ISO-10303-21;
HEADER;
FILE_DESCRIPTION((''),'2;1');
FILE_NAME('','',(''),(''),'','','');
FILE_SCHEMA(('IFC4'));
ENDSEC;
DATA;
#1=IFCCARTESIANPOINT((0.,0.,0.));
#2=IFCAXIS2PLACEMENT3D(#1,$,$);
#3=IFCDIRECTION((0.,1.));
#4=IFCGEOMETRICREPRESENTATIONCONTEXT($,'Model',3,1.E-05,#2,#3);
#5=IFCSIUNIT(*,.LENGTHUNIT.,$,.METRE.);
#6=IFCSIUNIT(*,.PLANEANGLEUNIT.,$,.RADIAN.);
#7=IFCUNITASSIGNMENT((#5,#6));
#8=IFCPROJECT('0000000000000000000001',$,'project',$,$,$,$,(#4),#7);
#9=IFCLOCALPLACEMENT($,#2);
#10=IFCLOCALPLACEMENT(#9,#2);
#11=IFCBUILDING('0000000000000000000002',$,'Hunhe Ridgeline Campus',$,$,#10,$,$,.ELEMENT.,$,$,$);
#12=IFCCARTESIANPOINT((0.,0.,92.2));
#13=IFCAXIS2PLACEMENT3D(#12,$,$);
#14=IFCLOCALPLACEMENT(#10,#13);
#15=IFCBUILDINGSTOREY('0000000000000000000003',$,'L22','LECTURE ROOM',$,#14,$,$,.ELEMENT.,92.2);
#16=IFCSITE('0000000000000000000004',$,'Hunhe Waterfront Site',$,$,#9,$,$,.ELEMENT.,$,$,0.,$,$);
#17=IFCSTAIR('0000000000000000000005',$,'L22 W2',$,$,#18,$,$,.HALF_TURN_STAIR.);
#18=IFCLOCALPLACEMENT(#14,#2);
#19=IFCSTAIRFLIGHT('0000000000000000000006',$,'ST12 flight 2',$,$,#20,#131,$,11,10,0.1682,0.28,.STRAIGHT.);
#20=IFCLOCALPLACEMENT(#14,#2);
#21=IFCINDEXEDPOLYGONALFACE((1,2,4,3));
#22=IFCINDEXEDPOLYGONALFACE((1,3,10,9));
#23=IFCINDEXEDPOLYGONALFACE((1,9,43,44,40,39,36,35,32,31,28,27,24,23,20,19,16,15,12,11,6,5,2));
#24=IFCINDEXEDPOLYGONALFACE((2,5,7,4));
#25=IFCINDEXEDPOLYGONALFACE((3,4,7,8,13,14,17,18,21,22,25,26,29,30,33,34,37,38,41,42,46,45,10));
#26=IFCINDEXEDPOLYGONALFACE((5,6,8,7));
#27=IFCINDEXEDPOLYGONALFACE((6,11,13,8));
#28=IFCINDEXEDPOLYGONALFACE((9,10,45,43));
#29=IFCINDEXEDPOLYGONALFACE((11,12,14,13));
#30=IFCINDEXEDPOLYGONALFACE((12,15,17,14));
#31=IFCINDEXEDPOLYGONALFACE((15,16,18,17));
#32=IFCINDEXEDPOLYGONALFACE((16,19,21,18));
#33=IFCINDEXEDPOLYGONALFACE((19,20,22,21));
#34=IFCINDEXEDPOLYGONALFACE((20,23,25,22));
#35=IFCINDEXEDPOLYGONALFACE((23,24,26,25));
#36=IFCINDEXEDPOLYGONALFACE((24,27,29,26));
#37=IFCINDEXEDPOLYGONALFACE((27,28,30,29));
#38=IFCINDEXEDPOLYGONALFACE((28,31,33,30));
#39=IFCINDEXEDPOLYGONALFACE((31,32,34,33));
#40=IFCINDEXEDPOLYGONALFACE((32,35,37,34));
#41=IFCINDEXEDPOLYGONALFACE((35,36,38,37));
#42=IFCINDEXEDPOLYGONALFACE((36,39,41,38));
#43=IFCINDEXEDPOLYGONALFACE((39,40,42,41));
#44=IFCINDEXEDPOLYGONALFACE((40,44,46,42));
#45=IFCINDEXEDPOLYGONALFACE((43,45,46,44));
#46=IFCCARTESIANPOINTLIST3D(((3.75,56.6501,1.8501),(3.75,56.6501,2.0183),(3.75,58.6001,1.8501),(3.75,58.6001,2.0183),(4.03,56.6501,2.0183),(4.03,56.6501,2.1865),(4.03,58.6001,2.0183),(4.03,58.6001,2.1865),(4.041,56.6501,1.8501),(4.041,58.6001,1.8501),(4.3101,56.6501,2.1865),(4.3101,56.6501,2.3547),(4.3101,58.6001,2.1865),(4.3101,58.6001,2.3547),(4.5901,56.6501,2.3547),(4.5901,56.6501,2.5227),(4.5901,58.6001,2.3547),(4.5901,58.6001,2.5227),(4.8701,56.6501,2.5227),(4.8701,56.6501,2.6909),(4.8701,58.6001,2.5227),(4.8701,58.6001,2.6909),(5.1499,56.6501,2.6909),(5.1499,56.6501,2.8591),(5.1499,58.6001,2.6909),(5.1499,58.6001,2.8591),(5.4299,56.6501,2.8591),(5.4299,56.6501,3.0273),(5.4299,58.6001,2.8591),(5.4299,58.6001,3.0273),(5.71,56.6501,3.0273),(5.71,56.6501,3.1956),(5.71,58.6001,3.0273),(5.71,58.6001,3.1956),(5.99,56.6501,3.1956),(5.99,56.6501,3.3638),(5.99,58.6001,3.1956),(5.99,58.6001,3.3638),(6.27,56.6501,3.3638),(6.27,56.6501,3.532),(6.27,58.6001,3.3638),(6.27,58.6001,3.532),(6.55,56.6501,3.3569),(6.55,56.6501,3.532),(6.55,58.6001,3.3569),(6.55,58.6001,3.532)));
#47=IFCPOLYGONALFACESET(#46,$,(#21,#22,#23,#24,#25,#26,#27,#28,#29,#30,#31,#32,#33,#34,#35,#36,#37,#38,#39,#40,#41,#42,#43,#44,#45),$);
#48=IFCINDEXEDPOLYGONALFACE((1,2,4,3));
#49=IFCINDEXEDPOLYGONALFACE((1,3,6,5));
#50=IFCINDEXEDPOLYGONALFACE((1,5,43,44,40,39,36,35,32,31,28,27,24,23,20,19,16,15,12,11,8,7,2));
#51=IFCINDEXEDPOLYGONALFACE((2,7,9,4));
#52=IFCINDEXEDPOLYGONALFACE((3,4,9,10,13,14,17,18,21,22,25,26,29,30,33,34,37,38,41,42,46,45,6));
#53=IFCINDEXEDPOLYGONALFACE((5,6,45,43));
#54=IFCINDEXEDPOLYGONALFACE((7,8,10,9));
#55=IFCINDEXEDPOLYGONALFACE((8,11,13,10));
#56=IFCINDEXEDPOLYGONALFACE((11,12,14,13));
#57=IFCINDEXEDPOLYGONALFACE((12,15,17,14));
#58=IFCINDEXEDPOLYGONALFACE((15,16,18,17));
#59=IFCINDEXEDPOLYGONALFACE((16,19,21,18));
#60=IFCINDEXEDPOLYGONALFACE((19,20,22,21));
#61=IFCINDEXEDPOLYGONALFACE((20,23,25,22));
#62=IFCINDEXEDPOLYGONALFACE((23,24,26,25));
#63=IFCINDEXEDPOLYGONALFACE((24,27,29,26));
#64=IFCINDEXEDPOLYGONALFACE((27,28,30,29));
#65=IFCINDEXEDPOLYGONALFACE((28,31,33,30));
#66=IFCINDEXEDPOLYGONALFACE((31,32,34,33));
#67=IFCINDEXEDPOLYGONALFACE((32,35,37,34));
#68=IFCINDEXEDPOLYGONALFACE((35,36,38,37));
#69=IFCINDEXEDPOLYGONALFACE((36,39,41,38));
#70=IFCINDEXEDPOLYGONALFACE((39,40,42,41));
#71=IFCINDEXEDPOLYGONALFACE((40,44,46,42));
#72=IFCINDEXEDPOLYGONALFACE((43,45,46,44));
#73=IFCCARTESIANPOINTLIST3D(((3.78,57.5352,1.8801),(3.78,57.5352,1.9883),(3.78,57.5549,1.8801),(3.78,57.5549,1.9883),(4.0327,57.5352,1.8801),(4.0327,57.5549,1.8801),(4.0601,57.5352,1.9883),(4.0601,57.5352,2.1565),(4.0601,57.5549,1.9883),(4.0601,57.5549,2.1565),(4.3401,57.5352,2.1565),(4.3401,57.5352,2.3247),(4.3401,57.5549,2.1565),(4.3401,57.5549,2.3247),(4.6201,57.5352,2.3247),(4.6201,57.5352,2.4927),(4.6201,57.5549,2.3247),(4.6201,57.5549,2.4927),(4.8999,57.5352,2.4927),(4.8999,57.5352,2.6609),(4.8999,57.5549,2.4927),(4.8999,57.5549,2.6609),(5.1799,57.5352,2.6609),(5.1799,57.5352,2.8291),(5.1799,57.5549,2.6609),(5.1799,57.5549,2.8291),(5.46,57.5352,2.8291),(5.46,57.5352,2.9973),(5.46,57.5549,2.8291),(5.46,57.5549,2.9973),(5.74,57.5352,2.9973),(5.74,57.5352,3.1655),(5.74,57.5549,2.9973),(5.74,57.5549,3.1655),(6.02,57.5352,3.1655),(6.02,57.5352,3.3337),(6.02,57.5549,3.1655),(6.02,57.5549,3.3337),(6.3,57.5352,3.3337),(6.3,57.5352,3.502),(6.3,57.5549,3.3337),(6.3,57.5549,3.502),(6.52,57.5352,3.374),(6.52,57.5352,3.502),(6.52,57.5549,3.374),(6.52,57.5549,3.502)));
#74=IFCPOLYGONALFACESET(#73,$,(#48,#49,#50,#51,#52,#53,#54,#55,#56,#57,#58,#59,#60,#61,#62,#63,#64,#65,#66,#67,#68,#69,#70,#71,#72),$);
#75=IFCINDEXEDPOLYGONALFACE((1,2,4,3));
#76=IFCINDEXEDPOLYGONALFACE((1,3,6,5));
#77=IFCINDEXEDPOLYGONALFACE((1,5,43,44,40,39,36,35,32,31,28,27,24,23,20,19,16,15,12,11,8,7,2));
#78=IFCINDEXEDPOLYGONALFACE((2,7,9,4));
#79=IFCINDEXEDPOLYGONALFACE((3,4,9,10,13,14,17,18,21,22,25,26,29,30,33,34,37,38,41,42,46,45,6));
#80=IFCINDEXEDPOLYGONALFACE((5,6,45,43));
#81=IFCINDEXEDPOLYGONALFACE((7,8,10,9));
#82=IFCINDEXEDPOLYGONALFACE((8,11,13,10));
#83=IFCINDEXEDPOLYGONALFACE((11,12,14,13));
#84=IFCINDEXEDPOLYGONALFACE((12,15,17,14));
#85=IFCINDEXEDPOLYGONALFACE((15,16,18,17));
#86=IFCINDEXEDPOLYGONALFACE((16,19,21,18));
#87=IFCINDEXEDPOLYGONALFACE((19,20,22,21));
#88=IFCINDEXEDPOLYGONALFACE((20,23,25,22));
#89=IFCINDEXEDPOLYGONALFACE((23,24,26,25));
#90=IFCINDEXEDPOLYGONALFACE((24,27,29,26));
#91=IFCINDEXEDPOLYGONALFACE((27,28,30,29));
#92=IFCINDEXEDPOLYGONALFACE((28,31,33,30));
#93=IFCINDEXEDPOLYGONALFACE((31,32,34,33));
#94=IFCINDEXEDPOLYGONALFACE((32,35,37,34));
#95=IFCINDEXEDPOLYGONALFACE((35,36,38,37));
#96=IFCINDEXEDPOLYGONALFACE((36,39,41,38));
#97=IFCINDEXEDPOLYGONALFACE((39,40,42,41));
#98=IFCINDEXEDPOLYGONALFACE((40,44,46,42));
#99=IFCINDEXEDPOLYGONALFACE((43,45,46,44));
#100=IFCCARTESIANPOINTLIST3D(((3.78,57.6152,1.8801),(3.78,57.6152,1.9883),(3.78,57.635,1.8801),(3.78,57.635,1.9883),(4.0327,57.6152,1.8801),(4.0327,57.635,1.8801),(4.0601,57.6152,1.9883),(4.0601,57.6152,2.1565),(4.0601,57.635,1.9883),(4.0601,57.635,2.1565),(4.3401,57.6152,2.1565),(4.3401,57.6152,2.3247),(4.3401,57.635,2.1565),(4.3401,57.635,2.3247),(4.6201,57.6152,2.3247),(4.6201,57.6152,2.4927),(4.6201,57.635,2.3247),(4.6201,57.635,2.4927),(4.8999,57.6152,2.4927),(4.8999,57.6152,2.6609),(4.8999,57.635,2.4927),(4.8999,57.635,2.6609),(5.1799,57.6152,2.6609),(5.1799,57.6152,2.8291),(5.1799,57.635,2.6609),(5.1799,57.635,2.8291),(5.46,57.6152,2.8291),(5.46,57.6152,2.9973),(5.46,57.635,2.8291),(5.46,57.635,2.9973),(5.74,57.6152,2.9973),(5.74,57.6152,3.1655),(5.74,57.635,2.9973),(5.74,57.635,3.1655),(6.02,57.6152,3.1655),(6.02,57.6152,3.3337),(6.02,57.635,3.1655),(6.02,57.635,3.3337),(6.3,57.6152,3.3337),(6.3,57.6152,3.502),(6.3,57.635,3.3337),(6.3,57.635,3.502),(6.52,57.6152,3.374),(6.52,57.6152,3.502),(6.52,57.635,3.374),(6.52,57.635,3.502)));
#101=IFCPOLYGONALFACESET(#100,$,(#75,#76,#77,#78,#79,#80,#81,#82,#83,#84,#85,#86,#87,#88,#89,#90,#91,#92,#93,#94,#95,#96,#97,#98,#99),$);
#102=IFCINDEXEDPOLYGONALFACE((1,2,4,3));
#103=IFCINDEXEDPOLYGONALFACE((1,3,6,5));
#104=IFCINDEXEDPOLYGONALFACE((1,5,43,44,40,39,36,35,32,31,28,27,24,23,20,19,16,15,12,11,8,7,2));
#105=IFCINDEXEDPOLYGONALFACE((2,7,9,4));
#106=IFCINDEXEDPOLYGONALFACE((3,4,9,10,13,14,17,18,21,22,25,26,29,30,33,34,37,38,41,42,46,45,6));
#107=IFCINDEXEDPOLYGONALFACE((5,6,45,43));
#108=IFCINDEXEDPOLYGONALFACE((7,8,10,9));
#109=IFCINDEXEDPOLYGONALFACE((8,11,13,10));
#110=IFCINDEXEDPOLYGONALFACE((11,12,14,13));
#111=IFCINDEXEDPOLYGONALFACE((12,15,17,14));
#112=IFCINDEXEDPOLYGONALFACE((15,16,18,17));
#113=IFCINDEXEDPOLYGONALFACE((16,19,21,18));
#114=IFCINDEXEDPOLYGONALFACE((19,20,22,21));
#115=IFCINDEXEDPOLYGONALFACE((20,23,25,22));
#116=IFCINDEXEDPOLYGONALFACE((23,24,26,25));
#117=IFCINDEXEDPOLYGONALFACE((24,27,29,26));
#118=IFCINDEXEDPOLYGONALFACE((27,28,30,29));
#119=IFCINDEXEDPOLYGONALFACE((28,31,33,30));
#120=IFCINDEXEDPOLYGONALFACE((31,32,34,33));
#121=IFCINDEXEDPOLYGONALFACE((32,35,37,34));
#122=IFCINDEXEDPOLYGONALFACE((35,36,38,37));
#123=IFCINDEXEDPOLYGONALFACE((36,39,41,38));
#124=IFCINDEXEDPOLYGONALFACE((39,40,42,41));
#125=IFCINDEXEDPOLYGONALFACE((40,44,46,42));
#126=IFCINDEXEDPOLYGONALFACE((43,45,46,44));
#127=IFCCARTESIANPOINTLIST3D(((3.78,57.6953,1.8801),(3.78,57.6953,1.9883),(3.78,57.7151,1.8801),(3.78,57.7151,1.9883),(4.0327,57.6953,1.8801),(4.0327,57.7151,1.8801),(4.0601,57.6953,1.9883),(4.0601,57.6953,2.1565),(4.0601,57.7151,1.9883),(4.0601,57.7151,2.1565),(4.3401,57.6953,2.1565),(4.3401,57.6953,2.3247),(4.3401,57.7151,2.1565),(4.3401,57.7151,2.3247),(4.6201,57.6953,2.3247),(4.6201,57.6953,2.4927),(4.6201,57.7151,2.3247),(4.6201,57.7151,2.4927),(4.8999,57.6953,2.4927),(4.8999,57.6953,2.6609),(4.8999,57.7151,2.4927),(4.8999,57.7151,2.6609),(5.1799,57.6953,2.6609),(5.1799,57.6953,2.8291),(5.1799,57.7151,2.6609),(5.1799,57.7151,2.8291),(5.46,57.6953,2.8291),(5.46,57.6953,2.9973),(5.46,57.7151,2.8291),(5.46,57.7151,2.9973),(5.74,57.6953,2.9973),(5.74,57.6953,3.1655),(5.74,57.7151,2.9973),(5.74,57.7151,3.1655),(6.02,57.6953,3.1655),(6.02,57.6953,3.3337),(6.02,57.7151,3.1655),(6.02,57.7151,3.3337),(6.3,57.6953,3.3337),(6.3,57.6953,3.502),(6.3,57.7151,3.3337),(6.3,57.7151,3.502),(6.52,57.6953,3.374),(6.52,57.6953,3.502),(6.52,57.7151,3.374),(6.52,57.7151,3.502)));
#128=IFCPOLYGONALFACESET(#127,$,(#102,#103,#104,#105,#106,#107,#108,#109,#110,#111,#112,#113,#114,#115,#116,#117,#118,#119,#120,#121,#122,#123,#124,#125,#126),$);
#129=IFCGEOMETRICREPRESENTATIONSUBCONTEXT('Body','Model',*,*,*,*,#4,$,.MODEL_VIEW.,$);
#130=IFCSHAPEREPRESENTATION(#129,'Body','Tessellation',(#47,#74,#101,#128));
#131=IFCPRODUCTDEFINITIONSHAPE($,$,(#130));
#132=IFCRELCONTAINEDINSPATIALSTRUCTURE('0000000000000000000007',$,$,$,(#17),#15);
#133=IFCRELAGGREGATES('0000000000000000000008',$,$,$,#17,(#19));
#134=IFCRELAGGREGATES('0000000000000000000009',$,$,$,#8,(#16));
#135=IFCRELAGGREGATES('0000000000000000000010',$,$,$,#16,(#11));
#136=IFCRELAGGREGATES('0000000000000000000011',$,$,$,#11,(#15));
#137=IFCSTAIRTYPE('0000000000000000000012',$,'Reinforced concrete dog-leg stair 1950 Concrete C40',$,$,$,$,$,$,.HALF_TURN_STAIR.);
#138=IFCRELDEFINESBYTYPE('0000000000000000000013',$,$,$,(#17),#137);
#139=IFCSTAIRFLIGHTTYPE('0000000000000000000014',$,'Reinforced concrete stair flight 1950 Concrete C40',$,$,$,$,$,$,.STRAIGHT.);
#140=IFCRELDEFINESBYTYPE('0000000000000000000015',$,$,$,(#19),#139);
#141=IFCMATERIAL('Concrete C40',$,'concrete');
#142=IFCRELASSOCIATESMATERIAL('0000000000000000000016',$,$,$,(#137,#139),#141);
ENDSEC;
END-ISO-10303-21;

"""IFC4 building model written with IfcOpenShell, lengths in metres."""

from ifc_helpers import new_model, si_unit, direction, frame, origin, place, context, subcontext, project, spatial, polyline, outline, extrude, material, type_object, element, aggregate, save


model = new_model("IFC4")

# Units and contexts
model_context = context("Model", 3, precision=1e-05, world=origin(), true_north=direction((0.0, 1.0)))
body_context = subcontext(model_context, "Body", "Model", "MODEL_VIEW")
ifc_project = project(units=[si_unit("LENGTHUNIT", "METRE"), si_unit("PLANEANGLEUNIT", "RADIAN")], contexts=[model_context])

# Site, building, storey
site_placement = place(None, origin())
site = spatial("IfcSite", under=ifc_project, at=site_placement, Name="Hunhe Waterfront Site", CompositionType="ELEMENT", RefElevation=0.0)
building_placement = place(site_placement, origin())
building = spatial("IfcBuilding", under=site, at=building_placement, Name="Hunhe Ridgeline Campus", CompositionType="ELEMENT")
storey_placement = place(building_placement, frame((0.0, 0.0, 92.2)))
storey = spatial("IfcBuildingStorey", under=building, at=storey_placement, Name="L22", Description="LECTURE ROOM", CompositionType="ELEMENT", Elevation=92.2)

# Shared definitions
ifc_material_1 = material(Name="Concrete C40", Category="concrete")
stair_type = type_object("IfcStairType", Name="Reinforced concrete dog-leg stair 1950 Concrete C40", PredefinedType="HALF_TURN_STAIR", material=ifc_material_1)
stair_flight_type = type_object("IfcStairFlightType", Name="Reinforced concrete stair flight 1950 Concrete C40", PredefinedType="STRAIGHT", material=ifc_material_1)

# Stair, stair flight
stair_1_placement = place(storey_placement, origin())
stair_1 = element("IfcStair", 1, at=stair_1_placement, inside=storey, type_object=stair_type, Name="L22 W2", PredefinedType="HALF_TURN_STAIR")
stair_flight_1_placement = place(storey_placement, frame((3.75, 57.625, 1.8501), z_axis=(0.0, 0.0, 1.0), x_axis=(1.0, 0.0, 0.0)))
stair_flight_1 = element("IfcStairFlight", 2, at=stair_flight_1_placement, type_object=stair_flight_type, Name="ST12 flight 2", NumberOfRisers=11, NumberOfTreads=10, PredefinedType="STRAIGHT", RiserHeight=0.1682, TreadLength=0.28, context=body_context, shape_type="SweptSolid", body=[
    extrude(outline(polyline([(0.0, 0.0), (0.0, 0.1682), (0.28, 0.1682), (0.28, 0.3364), (0.5601, 0.3364), (0.5601, 0.5046), (0.8401, 0.5046), (0.8401, 0.6726), (1.1201, 0.6726), (1.1201, 0.8408), (1.3999, 0.8408), (1.3999, 1.009), (1.6799, 1.009), (1.6799, 1.1772), (1.96, 1.1772), (1.96, 1.3455), (2.24, 1.3455), (2.24, 1.5137), (2.52, 1.5137), (2.52, 1.6819), (2.8, 1.6819), (2.8, 1.8501), (2.8, 1.5068), (0.291, 0.0), (0.0, 0.0)])), frame((0.0, 0.9751, 0.0), z_axis=(0.0, -1.0, 0.0), x_axis=(1.0, 0.0, 0.0)), (0.0, 0.0, 1.0), 1.95),
    extrude(outline(polyline([(0.03, 0.03), (0.03, 0.1382), (0.3101, 0.1382), (0.3101, 0.3064), (0.5901, 0.3064), (0.5901, 0.4746), (0.8701, 0.4746), (0.8701, 0.6426), (1.1499, 0.6426), (1.1499, 0.8108), (1.4299, 0.8108), (1.4299, 0.979), (1.71, 0.979), (1.71, 1.1472), (1.99, 1.1472), (1.99, 1.3154), (2.27, 1.3154), (2.27, 1.4836), (2.55, 1.4836), (2.55, 1.6519), (2.77, 1.6519), (2.77, 1.5239), (0.2827, 0.03), (0.03, 0.03)])), frame((0.0, -0.0701, 0.0), z_axis=(0.0, -1.0, 0.0), x_axis=(1.0, 0.0, 0.0)), (0.0, 0.0, 1.0), 0.0198),
    extrude(outline(polyline([(0.03, 0.03), (0.03, 0.1382), (0.3101, 0.1382), (0.3101, 0.3064), (0.5901, 0.3064), (0.5901, 0.4746), (0.8701, 0.4746), (0.8701, 0.6426), (1.1499, 0.6426), (1.1499, 0.8108), (1.4299, 0.8108), (1.4299, 0.979), (1.71, 0.979), (1.71, 1.1472), (1.99, 1.1472), (1.99, 1.3154), (2.27, 1.3154), (2.27, 1.4836), (2.55, 1.4836), (2.55, 1.6519), (2.77, 1.6519), (2.77, 1.5239), (0.2827, 0.03), (0.03, 0.03)])), frame((0.0, 0.01, 0.0), z_axis=(0.0, -1.0, 0.0), x_axis=(1.0, 0.0, 0.0)), (0.0, 0.0, 1.0), 0.0198),
    extrude(outline(polyline([(0.03, 0.03), (0.03, 0.1382), (0.3101, 0.1382), (0.3101, 0.3064), (0.5901, 0.3064), (0.5901, 0.4746), (0.8701, 0.4746), (0.8701, 0.6426), (1.1499, 0.6426), (1.1499, 0.8108), (1.4299, 0.8108), (1.4299, 0.979), (1.71, 0.979), (1.71, 1.1472), (1.99, 1.1472), (1.99, 1.3154), (2.27, 1.3154), (2.27, 1.4836), (2.55, 1.4836), (2.55, 1.6519), (2.77, 1.6519), (2.77, 1.5239), (0.2827, 0.03), (0.03, 0.03)])), frame((0.0, 0.0901, 0.0), z_axis=(0.0, -1.0, 0.0), x_axis=(1.0, 0.0, 0.0)), (0.0, 0.0, 1.0), 0.0198),
])
aggregate(stair_1, [stair_flight_1])

save(model, "model.ifc")
